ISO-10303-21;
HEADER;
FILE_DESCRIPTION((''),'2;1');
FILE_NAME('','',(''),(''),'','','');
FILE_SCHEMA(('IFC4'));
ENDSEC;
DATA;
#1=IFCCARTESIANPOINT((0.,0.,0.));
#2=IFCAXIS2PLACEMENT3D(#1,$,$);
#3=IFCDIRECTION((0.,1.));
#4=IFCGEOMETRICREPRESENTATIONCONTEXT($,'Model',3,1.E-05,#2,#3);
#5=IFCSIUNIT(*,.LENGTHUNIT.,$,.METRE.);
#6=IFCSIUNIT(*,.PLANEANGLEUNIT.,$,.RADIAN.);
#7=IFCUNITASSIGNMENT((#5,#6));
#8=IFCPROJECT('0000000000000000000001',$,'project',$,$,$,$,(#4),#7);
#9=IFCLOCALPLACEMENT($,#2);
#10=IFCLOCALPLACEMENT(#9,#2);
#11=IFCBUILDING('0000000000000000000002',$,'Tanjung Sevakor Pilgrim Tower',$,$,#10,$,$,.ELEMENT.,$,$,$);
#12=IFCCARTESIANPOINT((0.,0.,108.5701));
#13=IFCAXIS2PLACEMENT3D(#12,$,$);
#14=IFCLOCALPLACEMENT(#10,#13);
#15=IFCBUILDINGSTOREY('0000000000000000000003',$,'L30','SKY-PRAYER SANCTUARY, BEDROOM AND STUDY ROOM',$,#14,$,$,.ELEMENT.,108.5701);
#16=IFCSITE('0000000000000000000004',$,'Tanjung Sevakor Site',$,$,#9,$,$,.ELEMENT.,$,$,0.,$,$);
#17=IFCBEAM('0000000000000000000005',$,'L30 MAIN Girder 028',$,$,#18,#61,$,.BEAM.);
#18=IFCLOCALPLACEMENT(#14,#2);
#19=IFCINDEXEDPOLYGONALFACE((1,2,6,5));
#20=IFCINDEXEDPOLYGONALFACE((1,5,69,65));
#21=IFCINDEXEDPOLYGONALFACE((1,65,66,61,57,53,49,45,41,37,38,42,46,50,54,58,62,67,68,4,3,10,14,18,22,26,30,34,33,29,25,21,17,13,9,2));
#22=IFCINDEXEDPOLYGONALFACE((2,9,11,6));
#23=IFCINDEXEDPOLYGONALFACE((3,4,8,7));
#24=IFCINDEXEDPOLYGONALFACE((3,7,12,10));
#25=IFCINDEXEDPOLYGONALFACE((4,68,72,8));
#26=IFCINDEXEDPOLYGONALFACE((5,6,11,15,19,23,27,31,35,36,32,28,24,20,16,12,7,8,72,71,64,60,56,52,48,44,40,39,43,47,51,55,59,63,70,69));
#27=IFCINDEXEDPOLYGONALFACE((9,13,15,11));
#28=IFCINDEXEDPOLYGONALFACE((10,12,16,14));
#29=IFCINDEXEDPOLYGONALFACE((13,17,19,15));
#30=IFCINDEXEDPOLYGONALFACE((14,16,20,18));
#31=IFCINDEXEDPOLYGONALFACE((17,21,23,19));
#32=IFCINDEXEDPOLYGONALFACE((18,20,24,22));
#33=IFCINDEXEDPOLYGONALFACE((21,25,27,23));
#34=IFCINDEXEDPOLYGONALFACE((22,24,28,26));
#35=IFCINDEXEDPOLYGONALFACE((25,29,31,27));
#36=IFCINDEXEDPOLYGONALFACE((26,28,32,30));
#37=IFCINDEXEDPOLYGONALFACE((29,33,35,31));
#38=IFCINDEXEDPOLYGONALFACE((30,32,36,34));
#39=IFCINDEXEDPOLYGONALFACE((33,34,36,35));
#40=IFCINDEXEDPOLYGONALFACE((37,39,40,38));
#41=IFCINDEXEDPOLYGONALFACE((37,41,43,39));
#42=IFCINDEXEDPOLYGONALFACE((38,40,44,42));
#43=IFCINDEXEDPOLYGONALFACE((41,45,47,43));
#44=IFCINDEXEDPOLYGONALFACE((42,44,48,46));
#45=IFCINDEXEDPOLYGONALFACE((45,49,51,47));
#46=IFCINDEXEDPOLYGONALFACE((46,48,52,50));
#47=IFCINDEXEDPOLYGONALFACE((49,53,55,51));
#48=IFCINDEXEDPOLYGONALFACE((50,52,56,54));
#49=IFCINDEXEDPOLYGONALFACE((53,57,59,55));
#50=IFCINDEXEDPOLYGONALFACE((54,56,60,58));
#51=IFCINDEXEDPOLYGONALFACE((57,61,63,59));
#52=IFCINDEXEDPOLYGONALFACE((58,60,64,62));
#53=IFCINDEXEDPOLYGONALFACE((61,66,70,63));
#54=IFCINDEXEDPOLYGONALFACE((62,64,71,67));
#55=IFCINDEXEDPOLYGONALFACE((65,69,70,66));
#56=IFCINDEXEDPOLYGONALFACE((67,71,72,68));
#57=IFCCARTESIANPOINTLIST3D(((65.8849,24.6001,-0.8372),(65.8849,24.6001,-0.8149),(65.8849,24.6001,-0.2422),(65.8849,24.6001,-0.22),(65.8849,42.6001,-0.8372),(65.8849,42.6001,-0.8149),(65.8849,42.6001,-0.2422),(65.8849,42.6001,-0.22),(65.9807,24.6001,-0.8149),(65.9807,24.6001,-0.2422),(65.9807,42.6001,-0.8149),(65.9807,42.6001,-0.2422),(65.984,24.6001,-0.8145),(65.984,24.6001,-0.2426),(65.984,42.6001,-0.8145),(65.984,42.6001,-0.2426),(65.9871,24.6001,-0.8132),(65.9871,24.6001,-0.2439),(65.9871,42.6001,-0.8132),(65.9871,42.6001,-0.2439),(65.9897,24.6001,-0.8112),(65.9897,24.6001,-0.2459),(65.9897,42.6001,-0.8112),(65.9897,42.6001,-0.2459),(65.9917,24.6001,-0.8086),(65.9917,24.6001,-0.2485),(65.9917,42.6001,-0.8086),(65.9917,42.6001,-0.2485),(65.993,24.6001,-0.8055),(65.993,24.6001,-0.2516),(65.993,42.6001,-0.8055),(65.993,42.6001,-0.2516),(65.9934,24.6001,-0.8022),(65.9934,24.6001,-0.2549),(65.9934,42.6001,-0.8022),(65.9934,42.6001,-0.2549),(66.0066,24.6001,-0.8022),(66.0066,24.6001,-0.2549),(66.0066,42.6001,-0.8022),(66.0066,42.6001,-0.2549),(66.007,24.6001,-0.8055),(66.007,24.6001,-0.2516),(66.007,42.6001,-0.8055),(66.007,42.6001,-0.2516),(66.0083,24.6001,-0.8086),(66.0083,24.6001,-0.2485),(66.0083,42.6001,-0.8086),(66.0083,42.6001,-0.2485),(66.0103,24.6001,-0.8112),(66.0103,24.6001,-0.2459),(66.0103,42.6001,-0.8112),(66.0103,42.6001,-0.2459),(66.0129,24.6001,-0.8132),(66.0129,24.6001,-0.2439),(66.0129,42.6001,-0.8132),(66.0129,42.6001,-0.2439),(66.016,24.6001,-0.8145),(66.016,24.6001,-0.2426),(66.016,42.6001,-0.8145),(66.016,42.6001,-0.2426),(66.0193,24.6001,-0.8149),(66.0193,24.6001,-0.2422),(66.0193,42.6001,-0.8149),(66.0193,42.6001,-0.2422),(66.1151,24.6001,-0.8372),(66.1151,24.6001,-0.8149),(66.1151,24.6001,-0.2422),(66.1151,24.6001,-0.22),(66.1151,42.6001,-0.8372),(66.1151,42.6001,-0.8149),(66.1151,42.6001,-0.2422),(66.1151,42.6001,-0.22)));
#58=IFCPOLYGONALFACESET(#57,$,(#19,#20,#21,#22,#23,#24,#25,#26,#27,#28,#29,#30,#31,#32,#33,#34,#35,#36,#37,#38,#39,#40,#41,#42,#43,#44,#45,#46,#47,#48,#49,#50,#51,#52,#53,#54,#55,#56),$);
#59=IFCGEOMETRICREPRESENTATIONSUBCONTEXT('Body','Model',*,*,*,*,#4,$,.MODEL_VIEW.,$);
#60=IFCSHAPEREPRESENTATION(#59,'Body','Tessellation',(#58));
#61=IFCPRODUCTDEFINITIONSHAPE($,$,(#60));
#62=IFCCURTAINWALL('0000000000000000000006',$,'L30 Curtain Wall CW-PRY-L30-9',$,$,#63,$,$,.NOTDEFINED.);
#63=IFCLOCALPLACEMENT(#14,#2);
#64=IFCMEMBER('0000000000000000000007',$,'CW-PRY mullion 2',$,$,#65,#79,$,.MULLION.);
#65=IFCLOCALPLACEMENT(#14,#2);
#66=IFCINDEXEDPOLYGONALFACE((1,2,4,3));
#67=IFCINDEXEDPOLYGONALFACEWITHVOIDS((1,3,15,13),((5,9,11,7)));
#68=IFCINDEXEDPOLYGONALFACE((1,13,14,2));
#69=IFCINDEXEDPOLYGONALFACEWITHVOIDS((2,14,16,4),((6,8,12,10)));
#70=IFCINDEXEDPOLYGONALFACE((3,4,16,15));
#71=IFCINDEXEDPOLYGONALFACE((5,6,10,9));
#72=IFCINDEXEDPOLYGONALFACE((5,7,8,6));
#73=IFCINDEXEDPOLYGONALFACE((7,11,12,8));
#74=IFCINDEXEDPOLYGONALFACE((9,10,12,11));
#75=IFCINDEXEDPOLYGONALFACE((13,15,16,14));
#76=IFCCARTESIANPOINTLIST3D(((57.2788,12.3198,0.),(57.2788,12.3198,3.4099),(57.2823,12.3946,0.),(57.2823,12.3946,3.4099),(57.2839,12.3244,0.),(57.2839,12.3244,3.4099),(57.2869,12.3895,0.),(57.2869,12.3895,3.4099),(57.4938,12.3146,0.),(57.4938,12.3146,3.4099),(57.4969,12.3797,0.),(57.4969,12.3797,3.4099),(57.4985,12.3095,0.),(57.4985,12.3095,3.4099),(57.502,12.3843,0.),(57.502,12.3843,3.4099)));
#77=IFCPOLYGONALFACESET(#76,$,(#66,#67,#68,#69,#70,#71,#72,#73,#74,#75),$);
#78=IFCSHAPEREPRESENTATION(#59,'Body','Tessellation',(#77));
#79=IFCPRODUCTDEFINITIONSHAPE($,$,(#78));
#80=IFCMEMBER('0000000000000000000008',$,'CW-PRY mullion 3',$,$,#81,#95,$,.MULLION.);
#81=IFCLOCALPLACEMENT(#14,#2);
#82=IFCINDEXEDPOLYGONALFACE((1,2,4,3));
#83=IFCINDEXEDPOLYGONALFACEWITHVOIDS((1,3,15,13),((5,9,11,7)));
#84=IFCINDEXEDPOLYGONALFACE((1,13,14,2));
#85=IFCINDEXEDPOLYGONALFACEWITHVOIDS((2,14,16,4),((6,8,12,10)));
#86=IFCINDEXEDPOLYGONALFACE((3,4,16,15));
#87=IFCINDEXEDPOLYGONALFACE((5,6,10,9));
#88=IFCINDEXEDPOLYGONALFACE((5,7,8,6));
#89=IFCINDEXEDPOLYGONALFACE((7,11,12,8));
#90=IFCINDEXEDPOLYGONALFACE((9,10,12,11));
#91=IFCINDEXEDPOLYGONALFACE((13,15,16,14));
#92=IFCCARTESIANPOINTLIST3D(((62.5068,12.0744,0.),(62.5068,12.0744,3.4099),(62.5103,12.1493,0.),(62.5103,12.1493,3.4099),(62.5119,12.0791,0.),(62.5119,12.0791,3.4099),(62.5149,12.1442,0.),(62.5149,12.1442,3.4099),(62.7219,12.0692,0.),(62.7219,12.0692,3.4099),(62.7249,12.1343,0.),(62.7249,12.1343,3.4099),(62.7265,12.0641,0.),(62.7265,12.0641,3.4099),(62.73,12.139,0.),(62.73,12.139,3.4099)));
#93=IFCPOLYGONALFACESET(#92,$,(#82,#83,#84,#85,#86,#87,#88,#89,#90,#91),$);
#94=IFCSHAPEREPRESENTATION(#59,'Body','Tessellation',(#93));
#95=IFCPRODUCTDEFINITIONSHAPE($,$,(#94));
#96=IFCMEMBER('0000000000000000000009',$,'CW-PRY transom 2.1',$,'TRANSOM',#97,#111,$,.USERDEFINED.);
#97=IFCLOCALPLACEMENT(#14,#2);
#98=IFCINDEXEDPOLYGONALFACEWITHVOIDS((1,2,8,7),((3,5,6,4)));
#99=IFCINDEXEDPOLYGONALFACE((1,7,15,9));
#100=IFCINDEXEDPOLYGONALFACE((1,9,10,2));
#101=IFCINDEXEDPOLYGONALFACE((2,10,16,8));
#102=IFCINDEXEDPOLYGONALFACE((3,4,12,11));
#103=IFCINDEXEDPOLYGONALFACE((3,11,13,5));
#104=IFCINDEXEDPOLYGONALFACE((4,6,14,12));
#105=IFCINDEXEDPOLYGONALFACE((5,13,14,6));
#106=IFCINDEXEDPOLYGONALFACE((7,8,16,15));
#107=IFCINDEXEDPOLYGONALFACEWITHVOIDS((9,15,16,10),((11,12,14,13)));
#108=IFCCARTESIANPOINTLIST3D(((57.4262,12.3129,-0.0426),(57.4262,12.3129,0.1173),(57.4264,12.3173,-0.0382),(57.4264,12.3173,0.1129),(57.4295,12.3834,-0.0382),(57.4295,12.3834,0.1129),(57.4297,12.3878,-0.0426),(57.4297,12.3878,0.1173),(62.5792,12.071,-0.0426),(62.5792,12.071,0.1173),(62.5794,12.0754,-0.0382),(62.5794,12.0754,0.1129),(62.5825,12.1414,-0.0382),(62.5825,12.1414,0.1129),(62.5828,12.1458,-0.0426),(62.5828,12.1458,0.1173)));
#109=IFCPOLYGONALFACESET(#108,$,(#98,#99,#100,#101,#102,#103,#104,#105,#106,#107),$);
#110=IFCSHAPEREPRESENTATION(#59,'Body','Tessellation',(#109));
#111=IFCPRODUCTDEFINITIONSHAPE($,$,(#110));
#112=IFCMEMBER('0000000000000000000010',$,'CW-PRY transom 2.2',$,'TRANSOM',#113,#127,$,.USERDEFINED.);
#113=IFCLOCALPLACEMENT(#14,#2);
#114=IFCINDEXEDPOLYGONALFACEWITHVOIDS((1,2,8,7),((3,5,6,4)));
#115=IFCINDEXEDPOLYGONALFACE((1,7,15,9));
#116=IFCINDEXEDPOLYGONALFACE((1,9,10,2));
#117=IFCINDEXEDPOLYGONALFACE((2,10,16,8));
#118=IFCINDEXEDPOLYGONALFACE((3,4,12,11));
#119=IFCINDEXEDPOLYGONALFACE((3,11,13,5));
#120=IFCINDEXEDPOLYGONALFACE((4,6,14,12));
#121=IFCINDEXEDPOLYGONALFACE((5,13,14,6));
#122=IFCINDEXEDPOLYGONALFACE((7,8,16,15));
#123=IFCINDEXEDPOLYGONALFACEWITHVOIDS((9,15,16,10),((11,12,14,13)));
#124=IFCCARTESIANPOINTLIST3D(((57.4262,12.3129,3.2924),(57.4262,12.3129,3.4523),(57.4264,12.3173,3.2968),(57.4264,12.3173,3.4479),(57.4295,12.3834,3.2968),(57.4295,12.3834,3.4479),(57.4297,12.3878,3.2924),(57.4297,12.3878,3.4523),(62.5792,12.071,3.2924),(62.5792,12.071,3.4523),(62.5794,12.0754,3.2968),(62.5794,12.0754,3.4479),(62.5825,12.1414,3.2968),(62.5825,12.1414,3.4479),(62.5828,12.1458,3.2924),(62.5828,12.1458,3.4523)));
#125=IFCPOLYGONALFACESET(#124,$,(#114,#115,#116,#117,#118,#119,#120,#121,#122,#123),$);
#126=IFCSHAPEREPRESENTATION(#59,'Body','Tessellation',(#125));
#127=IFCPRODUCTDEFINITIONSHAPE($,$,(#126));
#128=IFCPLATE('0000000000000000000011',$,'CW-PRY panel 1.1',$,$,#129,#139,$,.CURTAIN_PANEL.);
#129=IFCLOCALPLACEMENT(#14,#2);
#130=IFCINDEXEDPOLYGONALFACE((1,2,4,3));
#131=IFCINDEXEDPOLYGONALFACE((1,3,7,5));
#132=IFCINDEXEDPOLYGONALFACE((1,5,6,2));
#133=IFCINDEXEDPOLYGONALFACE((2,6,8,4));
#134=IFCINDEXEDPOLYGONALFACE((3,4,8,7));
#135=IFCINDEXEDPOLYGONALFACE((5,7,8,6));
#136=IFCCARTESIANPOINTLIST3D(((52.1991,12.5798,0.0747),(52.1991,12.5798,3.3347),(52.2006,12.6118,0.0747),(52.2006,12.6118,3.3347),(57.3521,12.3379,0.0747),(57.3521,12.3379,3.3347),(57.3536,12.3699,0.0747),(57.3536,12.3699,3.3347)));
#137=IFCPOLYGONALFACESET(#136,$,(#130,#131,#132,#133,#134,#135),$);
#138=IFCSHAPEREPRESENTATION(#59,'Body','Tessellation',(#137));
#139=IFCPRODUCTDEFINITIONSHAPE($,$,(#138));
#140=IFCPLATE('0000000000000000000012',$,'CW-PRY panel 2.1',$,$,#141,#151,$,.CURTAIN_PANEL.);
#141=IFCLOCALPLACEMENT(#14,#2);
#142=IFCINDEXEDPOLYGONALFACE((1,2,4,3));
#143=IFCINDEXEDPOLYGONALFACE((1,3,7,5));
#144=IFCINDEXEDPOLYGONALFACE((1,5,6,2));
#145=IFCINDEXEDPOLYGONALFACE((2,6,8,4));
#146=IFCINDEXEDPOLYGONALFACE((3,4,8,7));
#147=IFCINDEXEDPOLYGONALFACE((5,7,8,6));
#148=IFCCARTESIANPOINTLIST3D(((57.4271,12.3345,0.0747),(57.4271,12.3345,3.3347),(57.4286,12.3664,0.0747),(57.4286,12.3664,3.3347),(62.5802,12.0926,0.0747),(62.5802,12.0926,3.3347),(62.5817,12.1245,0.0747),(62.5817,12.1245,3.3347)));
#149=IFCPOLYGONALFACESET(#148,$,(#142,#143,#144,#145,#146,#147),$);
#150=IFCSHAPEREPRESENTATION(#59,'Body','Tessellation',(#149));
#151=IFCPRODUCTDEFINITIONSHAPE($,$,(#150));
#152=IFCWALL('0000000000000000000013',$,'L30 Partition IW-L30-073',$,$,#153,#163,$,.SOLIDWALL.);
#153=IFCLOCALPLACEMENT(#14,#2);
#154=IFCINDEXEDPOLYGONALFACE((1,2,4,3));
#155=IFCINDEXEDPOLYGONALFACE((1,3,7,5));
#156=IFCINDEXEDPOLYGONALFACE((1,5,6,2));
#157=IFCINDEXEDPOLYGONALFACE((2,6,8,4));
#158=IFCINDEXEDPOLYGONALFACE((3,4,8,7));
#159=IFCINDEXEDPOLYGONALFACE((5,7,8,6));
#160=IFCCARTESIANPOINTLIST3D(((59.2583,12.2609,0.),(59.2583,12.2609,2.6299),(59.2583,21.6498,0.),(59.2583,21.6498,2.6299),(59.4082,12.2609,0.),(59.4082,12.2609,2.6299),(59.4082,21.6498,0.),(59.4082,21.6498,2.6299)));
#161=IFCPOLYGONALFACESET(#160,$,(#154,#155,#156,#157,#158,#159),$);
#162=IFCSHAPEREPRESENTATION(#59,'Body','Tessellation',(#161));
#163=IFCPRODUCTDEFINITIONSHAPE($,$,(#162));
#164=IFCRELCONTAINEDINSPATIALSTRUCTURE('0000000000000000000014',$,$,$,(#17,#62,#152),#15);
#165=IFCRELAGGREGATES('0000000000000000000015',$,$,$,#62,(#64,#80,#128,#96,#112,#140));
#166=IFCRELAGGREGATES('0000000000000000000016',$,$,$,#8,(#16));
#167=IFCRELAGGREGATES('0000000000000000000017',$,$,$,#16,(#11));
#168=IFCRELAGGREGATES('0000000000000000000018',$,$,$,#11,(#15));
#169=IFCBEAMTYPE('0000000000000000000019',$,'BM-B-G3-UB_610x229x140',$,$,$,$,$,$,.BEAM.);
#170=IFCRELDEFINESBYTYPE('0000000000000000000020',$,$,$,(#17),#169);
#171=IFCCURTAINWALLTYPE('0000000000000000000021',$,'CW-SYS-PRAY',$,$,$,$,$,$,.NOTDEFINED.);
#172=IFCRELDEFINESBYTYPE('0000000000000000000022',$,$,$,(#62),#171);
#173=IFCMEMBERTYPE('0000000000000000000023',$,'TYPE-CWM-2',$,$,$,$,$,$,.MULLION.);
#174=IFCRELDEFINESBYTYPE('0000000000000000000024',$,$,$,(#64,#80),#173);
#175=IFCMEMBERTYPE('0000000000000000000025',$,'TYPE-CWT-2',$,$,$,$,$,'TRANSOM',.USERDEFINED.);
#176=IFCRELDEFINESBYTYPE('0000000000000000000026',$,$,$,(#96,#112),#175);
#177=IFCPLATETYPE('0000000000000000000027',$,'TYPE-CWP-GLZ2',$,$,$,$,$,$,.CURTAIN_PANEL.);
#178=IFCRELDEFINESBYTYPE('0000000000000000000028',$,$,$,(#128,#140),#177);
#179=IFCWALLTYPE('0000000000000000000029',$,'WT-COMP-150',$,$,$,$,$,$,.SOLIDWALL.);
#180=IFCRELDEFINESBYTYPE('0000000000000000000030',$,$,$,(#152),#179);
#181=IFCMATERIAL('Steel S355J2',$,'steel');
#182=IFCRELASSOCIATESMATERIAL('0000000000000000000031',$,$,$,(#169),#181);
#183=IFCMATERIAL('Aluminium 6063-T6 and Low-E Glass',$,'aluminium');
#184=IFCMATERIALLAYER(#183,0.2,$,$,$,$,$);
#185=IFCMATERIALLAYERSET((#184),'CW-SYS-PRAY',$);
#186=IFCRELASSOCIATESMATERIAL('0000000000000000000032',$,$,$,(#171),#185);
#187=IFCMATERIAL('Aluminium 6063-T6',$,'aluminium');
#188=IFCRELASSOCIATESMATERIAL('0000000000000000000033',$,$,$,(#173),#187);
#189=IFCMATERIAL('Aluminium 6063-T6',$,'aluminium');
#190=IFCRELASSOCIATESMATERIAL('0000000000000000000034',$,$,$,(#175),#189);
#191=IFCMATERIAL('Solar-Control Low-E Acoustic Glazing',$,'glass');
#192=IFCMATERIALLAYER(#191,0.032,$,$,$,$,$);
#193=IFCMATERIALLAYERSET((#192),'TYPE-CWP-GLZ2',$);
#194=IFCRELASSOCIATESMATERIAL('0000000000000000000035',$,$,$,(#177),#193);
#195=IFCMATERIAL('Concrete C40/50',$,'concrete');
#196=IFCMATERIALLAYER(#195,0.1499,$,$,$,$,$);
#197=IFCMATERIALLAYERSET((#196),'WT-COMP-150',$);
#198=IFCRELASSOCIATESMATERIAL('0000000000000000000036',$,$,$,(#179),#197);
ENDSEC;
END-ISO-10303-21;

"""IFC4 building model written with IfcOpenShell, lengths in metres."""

from ifc_helpers import new_model, si_unit, direction, frame, frame_2d, origin, origin_2d, place, context, subcontext, project, spatial, rectangle, hollow_rectangle, i_section, extrude, material, layer, layer_set, material_profile, profile_set, type_object, element, aggregate, save


model = new_model("IFC4")

# Units and contexts
model_context = context("Model", 3, precision=1e-05, world=origin(), true_north=direction((0.0, 1.0)))
body_context = subcontext(model_context, "Body", "Model", "MODEL_VIEW")
ifc_project = project(units=[si_unit("LENGTHUNIT", "METRE"), si_unit("PLANEANGLEUNIT", "RADIAN")], contexts=[model_context])

# Site, building, storey
site_placement = place(None, origin())
site = spatial("IfcSite", under=ifc_project, at=site_placement, Name="Tanjung Sevakor Site", CompositionType="ELEMENT", RefElevation=0.0)
building_placement = place(site_placement, origin())
building = spatial("IfcBuilding", under=site, at=building_placement, Name="Tanjung Sevakor Pilgrim Tower", CompositionType="ELEMENT")
storey_placement = place(building_placement, frame((0.0, 0.0, 108.5701)))
storey = spatial("IfcBuildingStorey", under=building, at=storey_placement, Name="L30", Description="SKY-PRAYER SANCTUARY, BEDROOM AND STUDY ROOM", CompositionType="ELEMENT", Elevation=108.5701)

# Beam
ifc_material_1 = material(Name="Steel S355J2", Category="steel")
ifc_material_profile_1 = material_profile(ifc_material_1, i_section(OverallWidth=0.2302, OverallDepth=0.6172, WebThickness=0.0132, FlangeThickness=0.0222, FilletRadius=0.0127, at=origin_2d()))
ifc_profile_set_1 = profile_set([ifc_material_profile_1], Name="Steel S355J2")
beam_type_1 = type_object("IfcBeamType", Name="BM-B-G3-UB_610x229x140", PredefinedType="BEAM", material=ifc_profile_set_1)
for number, where, z_axis, x_axis, name in (
    (1, (66.0, 24.6001, -0.5286), (0.0, 1.0, 0.0), (-1.0, 0.0, 0.0), "L30 MAIN Girder 028"),
):
    element("IfcBeam", number, at=place(storey_placement, frame(where, z_axis=z_axis, x_axis=x_axis)), inside=storey, type_object=beam_type_1, Name=name, PredefinedType="BEAM", context=body_context, shape_type="SweptSolid", body=[
        extrude(i_section(OverallWidth=0.2302, OverallDepth=0.6172, WebThickness=0.0132, FlangeThickness=0.0222, FilletRadius=0.0127, at=origin_2d()), origin(), (0.0, 0.0, 1.0), 18.0),
    ])

# Curtain wall, members, plates
ifc_material_2 = material(Name="Aluminium 6063-T6 and Low-E Glass", Category="aluminium")
ifc_layer_1 = layer(ifc_material_2, 0.2)
ifc_layer_set_1 = layer_set([ifc_layer_1], Name="CW-SYS-PRAY")
curtain_wall_type = type_object("IfcCurtainWallType", Name="CW-SYS-PRAY", PredefinedType="NOTDEFINED", material=ifc_layer_set_1)
curtain_wall_placement = place(storey_placement, origin())
curtain_wall = element("IfcCurtainWall", 2, at=curtain_wall_placement, inside=storey, type_object=curtain_wall_type, Name="L30 Curtain Wall CW-PRY-L30-9", PredefinedType="NOTDEFINED")
ifc_material_3 = material(Name="Aluminium 6063-T6", Category="aluminium")
ifc_material_profile_2 = material_profile(ifc_material_3, hollow_rectangle(XDim=0.075, YDim=0.22, WallThickness=0.0049, at=origin_2d()))
ifc_profile_set_2 = profile_set([ifc_material_profile_2], Name="Aluminium 6063-T6")
member_type_1 = type_object("IfcMemberType", Name="TYPE-CWM-2", PredefinedType="MULLION", material=ifc_profile_set_2)
member_1_placement = place(storey_placement, frame((57.3904, 12.3521, 0.0), z_axis=(0.0, 0.0, 1.0), x_axis=(0.046896, 0.9989, 0.0)))
member_1 = element("IfcMember", 3, at=member_1_placement, type_object=member_type_1, Name="CW-PRY mullion 2", PredefinedType="MULLION", context=body_context, shape_type="SweptSolid", body=[
    extrude(hollow_rectangle(XDim=0.075, YDim=0.22, WallThickness=0.0049, at=origin_2d()), origin(), (0.0, 0.0, 1.0), 3.4099),
])
member_2_placement = place(storey_placement, frame((62.6184, 12.1067, 0.0), z_axis=(0.0, 0.0, 1.0), x_axis=(0.046896, 0.9989, 0.0)))
member_2 = element("IfcMember", 4, at=member_2_placement, type_object=member_type_1, Name="CW-PRY mullion 3", PredefinedType="MULLION", context=body_context, shape_type="SweptSolid", body=[
    extrude(hollow_rectangle(XDim=0.075, YDim=0.22, WallThickness=0.0049, at=origin_2d()), origin(), (0.0, 0.0, 1.0), 3.4099),
])
ifc_material_4 = material(Name="Aluminium 6063-T6", Category="aluminium")
ifc_material_profile_3 = material_profile(ifc_material_4, hollow_rectangle(XDim=0.075, YDim=0.1599, WallThickness=0.0044, at=origin_2d()))
ifc_profile_set_3 = profile_set([ifc_material_profile_3], Name="Aluminium 6063-T6")
member_type_2 = type_object("IfcMemberType", Name="TYPE-CWT-2", ElementType="TRANSOM", PredefinedType="USERDEFINED", material=ifc_profile_set_3)
member_3_placement = place(storey_placement, frame((57.428, 12.3503, 0.0374), z_axis=(0.9989, -0.0469, 0.0), x_axis=(0.0469, 0.9989, 0.0)))
member_3 = element("IfcMember", 5, at=member_3_placement, type_object=member_type_2, Name="CW-PRY transom 2.1", ObjectType="TRANSOM", PredefinedType="USERDEFINED", context=body_context, shape_type="SweptSolid", body=[
    extrude(hollow_rectangle(XDim=0.075, YDim=0.1599, WallThickness=0.0044, at=origin_2d()), origin(), (0.0, 0.0, 1.0), 5.1587),
])
member_4_placement = place(storey_placement, frame((57.428, 12.3503, 3.3723), z_axis=(0.9989, -0.0469, 0.0), x_axis=(0.0469, 0.9989, 0.0)))
member_4 = element("IfcMember", 6, at=member_4_placement, type_object=member_type_2, Name="CW-PRY transom 2.2", ObjectType="TRANSOM", PredefinedType="USERDEFINED", context=body_context, shape_type="SweptSolid", body=[
    extrude(hollow_rectangle(XDim=0.075, YDim=0.1599, WallThickness=0.0044, at=origin_2d()), origin(), (0.0, 0.0, 1.0), 5.1587),
])
ifc_material_5 = material(Name="Solar-Control Low-E Acoustic Glazing", Category="glass")
ifc_layer_2 = layer(ifc_material_5, 0.032)
ifc_layer_set_2 = layer_set([ifc_layer_2], Name="TYPE-CWP-GLZ2")
plate_type = type_object("IfcPlateType", Name="TYPE-CWP-GLZ2", PredefinedType="CURTAIN_PANEL", material=ifc_layer_set_2)
plate_1_placement = place(storey_placement, frame((54.7764, 12.4749, 0.0747), z_axis=(0.0, 0.0, 1.0), x_axis=(0.9989, -0.046896, 0.0)))
plate_1 = element("IfcPlate", 7, at=plate_1_placement, type_object=plate_type, Name="CW-PRY panel 1.1", PredefinedType="CURTAIN_PANEL", context=body_context, shape_type="SweptSolid", body=[
    extrude(rectangle(XDim=5.1587, YDim=0.032, at=origin_2d()), origin(), (0.0, 0.0, 1.0), 3.26),
])
plate_2_placement = place(storey_placement, frame((60.0044, 12.2295, 0.0747), z_axis=(0.0, 0.0, 1.0), x_axis=(0.9989, -0.046896, 0.0)))
plate_2 = element("IfcPlate", 8, at=plate_2_placement, type_object=plate_type, Name="CW-PRY panel 2.1", PredefinedType="CURTAIN_PANEL", context=body_context, shape_type="SweptSolid", body=[
    extrude(rectangle(XDim=5.1587, YDim=0.032, at=origin_2d()), origin(), (0.0, 0.0, 1.0), 3.26),
])
aggregate(curtain_wall, [member_1, member_2, plate_1, member_3, member_4, plate_2])

# Wall
ifc_material_6 = material(Name="Concrete C40/50", Category="concrete")
ifc_layer_3 = layer(ifc_material_6, 0.1499)
ifc_layer_set_3 = layer_set([ifc_layer_3], Name="WT-COMP-150")
wall_type_1 = type_object("IfcWallType", Name="WT-COMP-150", PredefinedType="SOLIDWALL", material=ifc_layer_set_3)
wall_1_placement = place(storey_placement, frame((59.3333, 12.261, 0.0), z_axis=(0.0, 0.0, 1.0), x_axis=(0.0, 1.0, 0.0)))
element("IfcWall", 9, at=wall_1_placement, inside=storey, type_object=wall_type_1, Name="L30 Partition IW-L30-073", PredefinedType="SOLIDWALL", context=body_context, shape_type="SweptSolid", body=[
    extrude(rectangle(XDim=9.3889, YDim=0.1499, at=frame_2d((4.6943, 0.0))), origin(), (0.0, 0.0, 1.0), 2.6299),
])

save(model, "model.ifc")
